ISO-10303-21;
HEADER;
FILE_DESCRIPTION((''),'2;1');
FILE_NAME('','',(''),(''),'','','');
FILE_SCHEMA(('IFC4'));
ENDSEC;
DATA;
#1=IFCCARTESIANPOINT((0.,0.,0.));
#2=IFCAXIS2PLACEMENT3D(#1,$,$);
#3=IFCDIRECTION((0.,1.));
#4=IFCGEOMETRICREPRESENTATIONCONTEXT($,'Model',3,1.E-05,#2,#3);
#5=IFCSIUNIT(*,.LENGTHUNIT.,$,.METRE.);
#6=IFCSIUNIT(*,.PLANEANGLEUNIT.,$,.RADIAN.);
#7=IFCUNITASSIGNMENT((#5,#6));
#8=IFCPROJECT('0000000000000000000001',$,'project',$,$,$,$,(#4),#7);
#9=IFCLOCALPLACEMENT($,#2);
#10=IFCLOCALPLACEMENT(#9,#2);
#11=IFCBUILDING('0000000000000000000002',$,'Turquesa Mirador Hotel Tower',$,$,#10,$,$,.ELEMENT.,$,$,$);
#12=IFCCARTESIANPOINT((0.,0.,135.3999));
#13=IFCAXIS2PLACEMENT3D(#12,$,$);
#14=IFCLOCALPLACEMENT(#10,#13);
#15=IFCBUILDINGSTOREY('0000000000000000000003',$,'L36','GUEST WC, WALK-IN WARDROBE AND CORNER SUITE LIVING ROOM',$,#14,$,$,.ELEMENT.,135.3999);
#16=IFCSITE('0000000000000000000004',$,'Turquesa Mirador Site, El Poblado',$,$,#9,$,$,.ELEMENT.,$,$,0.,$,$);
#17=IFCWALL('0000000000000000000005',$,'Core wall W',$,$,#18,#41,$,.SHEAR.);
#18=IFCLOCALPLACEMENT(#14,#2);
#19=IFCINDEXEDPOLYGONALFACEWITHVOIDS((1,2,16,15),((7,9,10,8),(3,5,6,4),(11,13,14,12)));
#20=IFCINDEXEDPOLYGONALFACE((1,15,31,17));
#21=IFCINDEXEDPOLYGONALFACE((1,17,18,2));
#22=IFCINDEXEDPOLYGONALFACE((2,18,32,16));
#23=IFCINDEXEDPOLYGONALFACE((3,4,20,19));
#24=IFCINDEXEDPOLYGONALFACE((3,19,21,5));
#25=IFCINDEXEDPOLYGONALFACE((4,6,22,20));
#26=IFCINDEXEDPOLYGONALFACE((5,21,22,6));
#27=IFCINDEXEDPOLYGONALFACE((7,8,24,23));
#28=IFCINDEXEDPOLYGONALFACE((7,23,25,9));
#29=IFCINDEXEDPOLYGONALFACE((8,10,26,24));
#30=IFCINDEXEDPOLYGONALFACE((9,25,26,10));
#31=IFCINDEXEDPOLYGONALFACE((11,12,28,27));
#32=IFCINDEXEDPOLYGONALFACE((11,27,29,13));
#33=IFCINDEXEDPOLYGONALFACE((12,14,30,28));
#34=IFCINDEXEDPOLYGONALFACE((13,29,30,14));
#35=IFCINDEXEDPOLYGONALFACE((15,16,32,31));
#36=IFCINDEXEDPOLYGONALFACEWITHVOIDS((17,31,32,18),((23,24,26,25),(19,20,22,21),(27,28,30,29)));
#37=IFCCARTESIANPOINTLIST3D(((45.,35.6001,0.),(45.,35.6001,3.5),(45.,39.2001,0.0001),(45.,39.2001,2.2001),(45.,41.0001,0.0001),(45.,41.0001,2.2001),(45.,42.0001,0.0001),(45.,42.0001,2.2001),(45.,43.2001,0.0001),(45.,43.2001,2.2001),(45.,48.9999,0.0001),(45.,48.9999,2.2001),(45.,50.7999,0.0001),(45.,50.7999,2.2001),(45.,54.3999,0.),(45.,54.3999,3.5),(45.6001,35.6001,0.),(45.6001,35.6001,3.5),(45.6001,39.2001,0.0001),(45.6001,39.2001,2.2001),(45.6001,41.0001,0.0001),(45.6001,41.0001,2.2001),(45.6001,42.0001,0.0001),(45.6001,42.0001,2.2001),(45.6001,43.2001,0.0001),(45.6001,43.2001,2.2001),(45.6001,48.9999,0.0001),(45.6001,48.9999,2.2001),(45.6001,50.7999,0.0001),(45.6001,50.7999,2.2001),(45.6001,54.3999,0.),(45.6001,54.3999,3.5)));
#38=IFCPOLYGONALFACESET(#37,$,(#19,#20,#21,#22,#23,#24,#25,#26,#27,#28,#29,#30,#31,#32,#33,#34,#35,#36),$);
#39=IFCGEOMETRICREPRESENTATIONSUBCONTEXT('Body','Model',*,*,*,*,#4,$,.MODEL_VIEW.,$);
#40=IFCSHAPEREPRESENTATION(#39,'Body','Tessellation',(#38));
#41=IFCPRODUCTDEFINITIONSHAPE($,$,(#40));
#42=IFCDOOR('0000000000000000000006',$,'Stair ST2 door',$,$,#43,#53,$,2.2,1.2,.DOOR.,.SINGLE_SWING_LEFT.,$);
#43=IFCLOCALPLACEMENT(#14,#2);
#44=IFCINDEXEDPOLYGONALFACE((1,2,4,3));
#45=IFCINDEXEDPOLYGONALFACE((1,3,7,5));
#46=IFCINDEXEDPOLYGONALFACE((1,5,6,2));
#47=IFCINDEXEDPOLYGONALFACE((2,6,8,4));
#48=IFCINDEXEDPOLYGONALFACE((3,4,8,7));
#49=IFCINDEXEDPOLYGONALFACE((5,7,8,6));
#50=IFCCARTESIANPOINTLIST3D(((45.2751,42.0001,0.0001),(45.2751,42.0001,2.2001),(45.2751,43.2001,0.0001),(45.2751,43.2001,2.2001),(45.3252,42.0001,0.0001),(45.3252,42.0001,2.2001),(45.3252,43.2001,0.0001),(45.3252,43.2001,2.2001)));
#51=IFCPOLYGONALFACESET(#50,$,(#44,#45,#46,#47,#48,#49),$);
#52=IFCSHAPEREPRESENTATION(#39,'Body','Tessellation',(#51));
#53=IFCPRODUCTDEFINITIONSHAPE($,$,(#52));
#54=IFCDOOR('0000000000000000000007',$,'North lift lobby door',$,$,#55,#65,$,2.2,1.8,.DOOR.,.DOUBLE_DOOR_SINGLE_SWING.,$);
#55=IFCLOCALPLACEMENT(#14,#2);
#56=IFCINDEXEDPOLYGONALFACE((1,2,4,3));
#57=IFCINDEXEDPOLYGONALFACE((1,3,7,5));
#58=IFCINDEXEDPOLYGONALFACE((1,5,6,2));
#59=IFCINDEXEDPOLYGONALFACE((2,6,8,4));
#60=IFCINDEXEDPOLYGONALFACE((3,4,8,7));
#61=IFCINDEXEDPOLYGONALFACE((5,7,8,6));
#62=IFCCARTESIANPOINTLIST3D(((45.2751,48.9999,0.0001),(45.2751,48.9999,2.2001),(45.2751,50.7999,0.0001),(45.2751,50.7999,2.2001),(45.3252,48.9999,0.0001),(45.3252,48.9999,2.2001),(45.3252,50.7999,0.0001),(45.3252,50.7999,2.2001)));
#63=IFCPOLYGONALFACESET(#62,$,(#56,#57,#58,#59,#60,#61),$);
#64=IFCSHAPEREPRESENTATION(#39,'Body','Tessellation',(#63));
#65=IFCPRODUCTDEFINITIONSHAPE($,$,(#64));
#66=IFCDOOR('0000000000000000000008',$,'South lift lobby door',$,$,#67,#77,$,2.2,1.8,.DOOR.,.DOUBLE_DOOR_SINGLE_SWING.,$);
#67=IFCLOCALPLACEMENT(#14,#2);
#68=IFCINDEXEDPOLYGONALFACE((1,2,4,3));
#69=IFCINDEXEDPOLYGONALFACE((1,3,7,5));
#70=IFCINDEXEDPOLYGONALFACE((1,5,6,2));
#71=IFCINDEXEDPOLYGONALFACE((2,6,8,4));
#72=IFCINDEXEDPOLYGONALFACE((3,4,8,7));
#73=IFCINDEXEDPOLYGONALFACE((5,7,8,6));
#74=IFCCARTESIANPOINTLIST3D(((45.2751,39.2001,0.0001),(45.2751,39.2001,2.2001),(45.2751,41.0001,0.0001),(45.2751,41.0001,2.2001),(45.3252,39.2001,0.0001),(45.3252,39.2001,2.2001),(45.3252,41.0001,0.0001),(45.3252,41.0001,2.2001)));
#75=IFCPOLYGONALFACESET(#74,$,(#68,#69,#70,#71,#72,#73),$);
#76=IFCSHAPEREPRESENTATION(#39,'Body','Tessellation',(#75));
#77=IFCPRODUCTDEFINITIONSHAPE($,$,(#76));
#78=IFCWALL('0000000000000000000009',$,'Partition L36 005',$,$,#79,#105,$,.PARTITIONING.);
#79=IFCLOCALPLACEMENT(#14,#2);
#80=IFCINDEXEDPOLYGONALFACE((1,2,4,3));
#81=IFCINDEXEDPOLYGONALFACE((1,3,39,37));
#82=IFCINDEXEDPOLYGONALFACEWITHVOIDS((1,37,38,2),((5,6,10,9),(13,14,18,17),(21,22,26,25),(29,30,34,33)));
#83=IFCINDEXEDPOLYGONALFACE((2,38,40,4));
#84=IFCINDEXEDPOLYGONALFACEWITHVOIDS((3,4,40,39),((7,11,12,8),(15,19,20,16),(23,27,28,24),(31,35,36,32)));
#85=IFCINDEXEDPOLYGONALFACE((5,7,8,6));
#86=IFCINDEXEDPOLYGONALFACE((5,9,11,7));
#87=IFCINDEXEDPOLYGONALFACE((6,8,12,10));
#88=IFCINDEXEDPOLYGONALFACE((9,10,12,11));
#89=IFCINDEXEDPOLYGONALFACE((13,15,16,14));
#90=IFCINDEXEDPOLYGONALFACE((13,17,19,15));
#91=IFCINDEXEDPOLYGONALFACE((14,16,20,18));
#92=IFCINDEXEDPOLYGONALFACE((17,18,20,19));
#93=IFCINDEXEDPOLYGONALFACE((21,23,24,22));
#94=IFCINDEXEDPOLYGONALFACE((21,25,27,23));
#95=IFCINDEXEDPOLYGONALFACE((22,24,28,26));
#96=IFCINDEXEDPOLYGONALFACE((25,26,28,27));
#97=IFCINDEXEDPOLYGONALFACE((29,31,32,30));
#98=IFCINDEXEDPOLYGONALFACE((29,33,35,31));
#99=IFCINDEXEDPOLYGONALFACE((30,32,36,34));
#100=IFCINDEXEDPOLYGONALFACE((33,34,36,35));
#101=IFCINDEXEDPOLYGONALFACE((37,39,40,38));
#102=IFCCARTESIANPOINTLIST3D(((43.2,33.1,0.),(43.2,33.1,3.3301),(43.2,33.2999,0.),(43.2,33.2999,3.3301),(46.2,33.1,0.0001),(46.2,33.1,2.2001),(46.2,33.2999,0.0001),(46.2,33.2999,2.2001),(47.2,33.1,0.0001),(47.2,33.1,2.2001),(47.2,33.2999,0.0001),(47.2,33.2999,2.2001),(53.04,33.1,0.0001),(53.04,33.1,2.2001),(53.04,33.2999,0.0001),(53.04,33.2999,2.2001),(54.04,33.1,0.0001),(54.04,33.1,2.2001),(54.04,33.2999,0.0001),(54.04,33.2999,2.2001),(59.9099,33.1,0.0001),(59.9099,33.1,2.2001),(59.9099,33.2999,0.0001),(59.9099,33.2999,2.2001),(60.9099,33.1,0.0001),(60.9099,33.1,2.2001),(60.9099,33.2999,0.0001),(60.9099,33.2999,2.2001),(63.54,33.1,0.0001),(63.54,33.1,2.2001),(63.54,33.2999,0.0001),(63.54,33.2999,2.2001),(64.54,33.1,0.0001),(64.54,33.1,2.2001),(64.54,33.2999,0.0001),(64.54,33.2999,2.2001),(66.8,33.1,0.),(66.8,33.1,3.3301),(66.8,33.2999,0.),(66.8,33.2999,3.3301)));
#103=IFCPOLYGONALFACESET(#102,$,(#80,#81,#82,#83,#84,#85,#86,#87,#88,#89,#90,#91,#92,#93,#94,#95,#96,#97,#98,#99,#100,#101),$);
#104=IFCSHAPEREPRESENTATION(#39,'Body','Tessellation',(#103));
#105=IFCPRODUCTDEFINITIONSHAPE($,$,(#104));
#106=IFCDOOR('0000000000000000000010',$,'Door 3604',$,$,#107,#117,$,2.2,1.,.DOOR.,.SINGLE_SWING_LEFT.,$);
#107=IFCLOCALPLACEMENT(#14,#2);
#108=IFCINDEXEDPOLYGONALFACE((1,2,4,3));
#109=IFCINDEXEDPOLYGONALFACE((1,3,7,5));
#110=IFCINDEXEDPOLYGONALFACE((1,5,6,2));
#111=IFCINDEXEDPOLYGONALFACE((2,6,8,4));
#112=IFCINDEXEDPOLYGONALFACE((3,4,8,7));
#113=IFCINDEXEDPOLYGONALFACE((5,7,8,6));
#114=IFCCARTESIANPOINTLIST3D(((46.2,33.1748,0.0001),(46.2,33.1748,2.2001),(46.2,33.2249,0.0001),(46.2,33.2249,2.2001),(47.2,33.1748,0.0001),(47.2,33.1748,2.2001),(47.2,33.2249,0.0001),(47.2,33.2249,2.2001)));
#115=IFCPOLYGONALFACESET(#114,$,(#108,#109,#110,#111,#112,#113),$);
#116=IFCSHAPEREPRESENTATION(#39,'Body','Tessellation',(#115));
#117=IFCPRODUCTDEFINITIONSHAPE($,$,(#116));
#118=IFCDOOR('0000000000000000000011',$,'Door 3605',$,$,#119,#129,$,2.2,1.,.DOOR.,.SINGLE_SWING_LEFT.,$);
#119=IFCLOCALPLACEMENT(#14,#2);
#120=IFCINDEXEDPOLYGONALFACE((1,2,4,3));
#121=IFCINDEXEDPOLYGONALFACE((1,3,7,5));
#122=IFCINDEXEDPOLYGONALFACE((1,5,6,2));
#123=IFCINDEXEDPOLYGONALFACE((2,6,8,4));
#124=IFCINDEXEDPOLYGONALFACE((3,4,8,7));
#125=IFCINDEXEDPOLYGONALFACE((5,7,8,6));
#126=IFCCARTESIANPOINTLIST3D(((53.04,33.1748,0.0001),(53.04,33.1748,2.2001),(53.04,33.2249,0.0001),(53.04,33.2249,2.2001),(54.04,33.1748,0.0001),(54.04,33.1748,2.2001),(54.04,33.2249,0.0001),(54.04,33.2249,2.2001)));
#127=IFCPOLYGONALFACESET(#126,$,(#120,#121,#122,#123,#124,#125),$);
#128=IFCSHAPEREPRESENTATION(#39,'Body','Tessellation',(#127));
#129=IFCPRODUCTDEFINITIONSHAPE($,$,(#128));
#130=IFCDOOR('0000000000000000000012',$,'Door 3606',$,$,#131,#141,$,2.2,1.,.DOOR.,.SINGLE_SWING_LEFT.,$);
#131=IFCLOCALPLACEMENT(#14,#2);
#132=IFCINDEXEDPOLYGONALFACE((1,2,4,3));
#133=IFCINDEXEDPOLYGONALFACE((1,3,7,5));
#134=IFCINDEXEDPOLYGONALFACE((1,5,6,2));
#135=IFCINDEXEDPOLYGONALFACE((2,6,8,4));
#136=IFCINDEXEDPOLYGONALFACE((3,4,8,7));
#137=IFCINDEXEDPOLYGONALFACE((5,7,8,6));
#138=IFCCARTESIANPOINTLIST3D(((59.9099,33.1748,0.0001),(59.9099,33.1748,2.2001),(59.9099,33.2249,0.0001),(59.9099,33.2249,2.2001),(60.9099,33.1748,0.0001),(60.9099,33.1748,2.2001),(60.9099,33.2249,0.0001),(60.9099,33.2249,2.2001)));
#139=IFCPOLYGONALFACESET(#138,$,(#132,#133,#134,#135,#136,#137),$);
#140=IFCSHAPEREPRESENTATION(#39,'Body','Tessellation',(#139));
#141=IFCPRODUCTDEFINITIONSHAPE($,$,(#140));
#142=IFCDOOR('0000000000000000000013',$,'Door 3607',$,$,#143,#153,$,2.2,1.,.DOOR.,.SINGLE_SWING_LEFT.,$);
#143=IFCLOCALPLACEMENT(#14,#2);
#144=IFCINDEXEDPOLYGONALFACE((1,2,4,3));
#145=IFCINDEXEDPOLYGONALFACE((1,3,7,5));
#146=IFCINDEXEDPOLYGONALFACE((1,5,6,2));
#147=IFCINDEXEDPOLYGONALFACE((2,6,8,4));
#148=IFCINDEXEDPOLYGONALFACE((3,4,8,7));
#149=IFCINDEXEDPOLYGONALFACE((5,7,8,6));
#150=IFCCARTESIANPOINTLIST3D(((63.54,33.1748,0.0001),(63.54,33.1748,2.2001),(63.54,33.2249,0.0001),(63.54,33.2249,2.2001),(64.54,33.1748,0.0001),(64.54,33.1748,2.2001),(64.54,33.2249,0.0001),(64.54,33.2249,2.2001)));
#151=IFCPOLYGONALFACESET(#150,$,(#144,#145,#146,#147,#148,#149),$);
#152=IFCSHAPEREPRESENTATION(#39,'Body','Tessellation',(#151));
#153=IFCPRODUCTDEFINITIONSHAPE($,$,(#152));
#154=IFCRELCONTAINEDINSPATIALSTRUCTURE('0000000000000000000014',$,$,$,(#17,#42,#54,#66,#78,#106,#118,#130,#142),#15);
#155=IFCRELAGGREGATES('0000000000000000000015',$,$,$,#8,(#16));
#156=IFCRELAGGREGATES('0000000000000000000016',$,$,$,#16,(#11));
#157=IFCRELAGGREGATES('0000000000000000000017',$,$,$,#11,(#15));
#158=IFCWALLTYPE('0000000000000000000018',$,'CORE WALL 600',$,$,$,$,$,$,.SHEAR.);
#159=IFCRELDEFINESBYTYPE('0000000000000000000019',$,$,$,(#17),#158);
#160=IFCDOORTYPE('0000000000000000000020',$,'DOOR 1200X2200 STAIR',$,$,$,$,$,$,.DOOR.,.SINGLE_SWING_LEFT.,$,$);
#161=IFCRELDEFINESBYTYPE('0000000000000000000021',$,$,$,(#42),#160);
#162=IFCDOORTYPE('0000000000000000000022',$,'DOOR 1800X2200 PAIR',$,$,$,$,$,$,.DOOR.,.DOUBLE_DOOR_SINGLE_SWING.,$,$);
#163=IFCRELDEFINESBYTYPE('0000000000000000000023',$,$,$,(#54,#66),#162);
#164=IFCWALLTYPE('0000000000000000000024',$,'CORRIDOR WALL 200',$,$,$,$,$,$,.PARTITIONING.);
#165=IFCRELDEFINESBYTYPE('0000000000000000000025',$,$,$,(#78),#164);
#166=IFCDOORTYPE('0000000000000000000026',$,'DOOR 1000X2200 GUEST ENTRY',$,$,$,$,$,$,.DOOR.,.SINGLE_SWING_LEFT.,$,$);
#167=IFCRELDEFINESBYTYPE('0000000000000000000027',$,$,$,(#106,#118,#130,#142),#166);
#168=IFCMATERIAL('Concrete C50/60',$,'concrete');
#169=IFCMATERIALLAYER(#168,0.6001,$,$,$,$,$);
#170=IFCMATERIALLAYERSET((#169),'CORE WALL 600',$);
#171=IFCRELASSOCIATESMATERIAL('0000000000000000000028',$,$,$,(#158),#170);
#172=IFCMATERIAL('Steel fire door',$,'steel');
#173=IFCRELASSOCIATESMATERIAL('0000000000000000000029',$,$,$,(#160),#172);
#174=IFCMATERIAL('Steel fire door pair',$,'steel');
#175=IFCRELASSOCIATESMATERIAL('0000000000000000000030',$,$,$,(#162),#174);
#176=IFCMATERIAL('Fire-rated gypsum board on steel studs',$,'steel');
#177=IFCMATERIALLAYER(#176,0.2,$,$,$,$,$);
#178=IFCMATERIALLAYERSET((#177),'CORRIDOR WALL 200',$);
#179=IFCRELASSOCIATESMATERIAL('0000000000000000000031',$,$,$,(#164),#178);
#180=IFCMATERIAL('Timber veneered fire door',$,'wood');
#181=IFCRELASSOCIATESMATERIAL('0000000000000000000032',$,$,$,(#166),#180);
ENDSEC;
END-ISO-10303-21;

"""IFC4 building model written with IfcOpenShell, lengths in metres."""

from ifc_helpers import new_model, si_unit, direction, frame, frame_2d, origin, place, context, subcontext, project, spatial, rectangle, extrude, material, layer, layer_set, type_object, element, fill, save


model = new_model("IFC4")

# Units and contexts
model_context = context("Model", 3, precision=1e-05, world=origin(), true_north=direction((0.0, 1.0)))
body_context = subcontext(model_context, "Body", "Model", "MODEL_VIEW")
ifc_project = project(units=[si_unit("LENGTHUNIT", "METRE"), si_unit("PLANEANGLEUNIT", "RADIAN")], contexts=[model_context])

# Site, building, storey
site_placement = place(None, origin())
site = spatial("IfcSite", under=ifc_project, at=site_placement, Name="Turquesa Mirador Site, El Poblado", CompositionType="ELEMENT", RefElevation=0.0)
building_placement = place(site_placement, origin())
building = spatial("IfcBuilding", under=site, at=building_placement, Name="Turquesa Mirador Hotel Tower", CompositionType="ELEMENT")
storey_placement = place(building_placement, frame((0.0, 0.0, 135.3999)))
storey = spatial("IfcBuildingStorey", under=building, at=storey_placement, Name="L36", Description="GUEST WC, WALK-IN WARDROBE AND CORNER SUITE LIVING ROOM", CompositionType="ELEMENT", Elevation=135.3999)

# Shared definitions
ifc_material_1 = material(Name="Concrete C50/60", Category="concrete")
ifc_layer_1 = layer(ifc_material_1, 0.6001)
ifc_layer_set_1 = layer_set([ifc_layer_1], Name="CORE WALL 600")
wall_type_1 = type_object("IfcWallType", Name="CORE WALL 600", PredefinedType="SHEAR", material=ifc_layer_set_1)

# Walls, openings, doors
wall_1_placement = place(storey_placement, frame((45.3, 35.6001, 0.0), z_axis=(0.0, 0.0, 1.0), x_axis=(0.0, 1.0, 0.0)))
wall_1 = element("IfcWall", 1, at=wall_1_placement, inside=storey, type_object=wall_type_1, Name="Core wall W", PredefinedType="SHEAR", context=body_context, shape_type="SweptSolid", body=[
    extrude(rectangle(XDim=18.7998, YDim=0.6001, at=frame_2d((9.3999, 0.0))), origin(), (0.0, 0.0, 1.0), 3.5),
])
opening_1_placement = place(wall_1_placement, frame((13.3999, 0.0, 0.0)))
opening_1 = element("IfcOpeningElement", 2, at=opening_1_placement, cuts=wall_1, PredefinedType="OPENING", context=body_context, shape_type="SweptSolid", body=[
    extrude(rectangle(XDim=1.8, YDim=2.2, at=frame_2d((0.8999, 1.1001))), frame((0.0, 0.3101, 0.0), z_axis=(0.0, -1.0, 0.0), x_axis=(1.0, 0.0, 0.0)), (0.0, 0.0, 1.0), 0.6201),
])
opening_2_placement = place(wall_1_placement, frame((3.6001, 0.0, 0.0)))
opening_2 = element("IfcOpeningElement", 3, at=opening_2_placement, cuts=wall_1, PredefinedType="OPENING", context=body_context, shape_type="SweptSolid", body=[
    extrude(rectangle(XDim=1.8, YDim=2.2, at=frame_2d((0.8999, 1.1001))), frame((0.0, 0.3101, 0.0), z_axis=(0.0, -1.0, 0.0), x_axis=(1.0, 0.0, 0.0)), (0.0, 0.0, 1.0), 0.6201),
])
opening_3_placement = place(wall_1_placement, frame((6.3999, 0.0, 0.0)))
opening_3 = element("IfcOpeningElement", 4, at=opening_3_placement, cuts=wall_1, PredefinedType="OPENING", context=body_context, shape_type="SweptSolid", body=[
    extrude(rectangle(XDim=1.2, YDim=2.2, at=frame_2d((0.6001, 1.1001))), frame((0.0, 0.3101, 0.0), z_axis=(0.0, -1.0, 0.0), x_axis=(1.0, 0.0, 0.0)), (0.0, 0.0, 1.0), 0.6201),
])
ifc_material_2 = material(Name="Steel fire door", Category="steel")
door_type_1 = type_object("IfcDoorType", Name="DOOR 1200X2200 STAIR", OperationType="SINGLE_SWING_LEFT", PredefinedType="DOOR", material=ifc_material_2)
door_1_placement = place(opening_3_placement, origin())
door_1 = element("IfcDoor", 5, at=door_1_placement, inside=storey, type_object=door_type_1, Name="Stair ST2 door", OperationType="SINGLE_SWING_LEFT", OverallHeight=2.2, OverallWidth=1.2, PredefinedType="DOOR", context=body_context, shape_type="SweptSolid", body=[
    extrude(rectangle(XDim=1.2, YDim=2.2, at=frame_2d((0.6001, 1.1001))), frame((0.0, 0.0249, 0.0), z_axis=(0.0, -1.0, 0.0), x_axis=(1.0, 0.0, 0.0)), (0.0, 0.0, 1.0), 0.05),
])
fill(opening_3, door_1)
ifc_material_3 = material(Name="Steel fire door pair", Category="steel")
door_type_2 = type_object("IfcDoorType", Name="DOOR 1800X2200 PAIR", OperationType="DOUBLE_DOOR_SINGLE_SWING", PredefinedType="DOOR", material=ifc_material_3)
door_2_placement = place(opening_1_placement, origin())
door_2 = element("IfcDoor", 6, at=door_2_placement, inside=storey, type_object=door_type_2, Name="North lift lobby door", OperationType="DOUBLE_DOOR_SINGLE_SWING", OverallHeight=2.2, OverallWidth=1.8, PredefinedType="DOOR", context=body_context, shape_type="SweptSolid", body=[
    extrude(rectangle(XDim=1.8, YDim=2.2, at=frame_2d((0.8999, 1.1001))), frame((0.0, 0.0249, 0.0), z_axis=(0.0, -1.0, 0.0), x_axis=(1.0, 0.0, 0.0)), (0.0, 0.0, 1.0), 0.05),
])
fill(opening_1, door_2)
door_3_placement = place(opening_2_placement, origin())
door_3 = element("IfcDoor", 7, at=door_3_placement, inside=storey, type_object=door_type_2, Name="South lift lobby door", OperationType="DOUBLE_DOOR_SINGLE_SWING", OverallHeight=2.2, OverallWidth=1.8, PredefinedType="DOOR", context=body_context, shape_type="SweptSolid", body=[
    extrude(rectangle(XDim=1.8, YDim=2.2, at=frame_2d((0.8999, 1.1001))), frame((0.0, 0.0249, 0.0), z_axis=(0.0, -1.0, 0.0), x_axis=(1.0, 0.0, 0.0)), (0.0, 0.0, 1.0), 0.05),
])
fill(opening_2, door_3)
ifc_material_4 = material(Name="Fire-rated gypsum board on steel studs", Category="steel")
ifc_layer_2 = layer(ifc_material_4, 0.2)
ifc_layer_set_2 = layer_set([ifc_layer_2], Name="CORRIDOR WALL 200")
wall_type_2 = type_object("IfcWallType", Name="CORRIDOR WALL 200", PredefinedType="PARTITIONING", material=ifc_layer_set_2)
wall_2_placement = place(storey_placement, frame((43.2, 33.2, 0.0), z_axis=(0.0, 0.0, 1.0), x_axis=(1.0, 0.0, 0.0)))
wall_2 = element("IfcWall", 8, at=wall_2_placement, inside=storey, type_object=wall_type_2, Name="Partition L36 005", PredefinedType="PARTITIONING", context=body_context, shape_type="SweptSolid", body=[
    extrude(rectangle(XDim=23.6001, YDim=0.2, at=frame_2d((11.8, 0.0))), origin(), (0.0, 0.0, 1.0), 3.3301),
])
opening_4_placement = place(wall_2_placement, frame((3.0, 0.0, 0.0)))
opening_4 = element("IfcOpeningElement", 9, at=opening_4_placement, cuts=wall_2, PredefinedType="OPENING", context=body_context, shape_type="SweptSolid", body=[
    extrude(rectangle(XDim=1.0, YDim=2.2, at=frame_2d((0.5, 1.1001))), frame((0.0, 0.1099, 0.0), z_axis=(0.0, -1.0, 0.0), x_axis=(1.0, 0.0, 0.0)), (0.0, 0.0, 1.0), 0.22),
])
opening_5_placement = place(wall_2_placement, frame((9.8401, 0.0, 0.0)))
opening_5 = element("IfcOpeningElement", 10, at=opening_5_placement, cuts=wall_2, PredefinedType="OPENING", context=body_context, shape_type="SweptSolid", body=[
    extrude(rectangle(XDim=1.0, YDim=2.2, at=frame_2d((0.5, 1.1001))), frame((0.0, 0.1099, 0.0), z_axis=(0.0, -1.0, 0.0), x_axis=(1.0, 0.0, 0.0)), (0.0, 0.0, 1.0), 0.22),
])
opening_6_placement = place(wall_2_placement, frame((16.71, 0.0, 0.0)))
opening_6 = element("IfcOpeningElement", 11, at=opening_6_placement, cuts=wall_2, PredefinedType="OPENING", context=body_context, shape_type="SweptSolid", body=[
    extrude(rectangle(XDim=1.0, YDim=2.2, at=frame_2d((0.5, 1.1001))), frame((0.0, 0.1099, 0.0), z_axis=(0.0, -1.0, 0.0), x_axis=(1.0, 0.0, 0.0)), (0.0, 0.0, 1.0), 0.22),
])
opening_7_placement = place(wall_2_placement, frame((20.3401, 0.0, 0.0)))
opening_7 = element("IfcOpeningElement", 12, at=opening_7_placement, cuts=wall_2, PredefinedType="OPENING", context=body_context, shape_type="SweptSolid", body=[
    extrude(rectangle(XDim=1.0, YDim=2.2, at=frame_2d((0.5, 1.1001))), frame((0.0, 0.1099, 0.0), z_axis=(0.0, -1.0, 0.0), x_axis=(1.0, 0.0, 0.0)), (0.0, 0.0, 1.0), 0.22),
])
ifc_material_5 = material(Name="Timber veneered fire door", Category="wood")
door_type_3 = type_object("IfcDoorType", Name="DOOR 1000X2200 GUEST ENTRY", OperationType="SINGLE_SWING_LEFT", PredefinedType="DOOR", material=ifc_material_5)
door_4_placement = place(opening_4_placement, origin())
door_4 = element("IfcDoor", 13, at=door_4_placement, inside=storey, type_object=door_type_3, Name="Door 3604", OperationType="SINGLE_SWING_LEFT", OverallHeight=2.2, OverallWidth=1.0, PredefinedType="DOOR", context=body_context, shape_type="SweptSolid", body=[
    extrude(rectangle(XDim=1.0, YDim=2.2, at=frame_2d((0.5, 1.1001))), frame((0.0, 0.0249, 0.0), z_axis=(0.0, -1.0, 0.0), x_axis=(1.0, 0.0, 0.0)), (0.0, 0.0, 1.0), 0.05),
])
fill(opening_4, door_4)
door_5_placement = place(opening_5_placement, origin())
door_5 = element("IfcDoor", 14, at=door_5_placement, inside=storey, type_object=door_type_3, Name="Door 3605", OperationType="SINGLE_SWING_LEFT", OverallHeight=2.2, OverallWidth=1.0, PredefinedType="DOOR", context=body_context, shape_type="SweptSolid", body=[
    extrude(rectangle(XDim=1.0, YDim=2.2, at=frame_2d((0.5, 1.1001))), frame((0.0, 0.0249, 0.0), z_axis=(0.0, -1.0, 0.0), x_axis=(1.0, 0.0, 0.0)), (0.0, 0.0, 1.0), 0.05),
])
fill(opening_5, door_5)
door_6_placement = place(opening_6_placement, origin())
door_6 = element("IfcDoor", 15, at=door_6_placement, inside=storey, type_object=door_type_3, Name="Door 3606", OperationType="SINGLE_SWING_LEFT", OverallHeight=2.2, OverallWidth=1.0, PredefinedType="DOOR", context=body_context, shape_type="SweptSolid", body=[
    extrude(rectangle(XDim=1.0, YDim=2.2, at=frame_2d((0.5, 1.1001))), frame((0.0, 0.0249, 0.0), z_axis=(0.0, -1.0, 0.0), x_axis=(1.0, 0.0, 0.0)), (0.0, 0.0, 1.0), 0.05),
])
fill(opening_6, door_6)
door_7_placement = place(opening_7_placement, origin())
door_7 = element("IfcDoor", 16, at=door_7_placement, inside=storey, type_object=door_type_3, Name="Door 3607", OperationType="SINGLE_SWING_LEFT", OverallHeight=2.2, OverallWidth=1.0, PredefinedType="DOOR", context=body_context, shape_type="SweptSolid", body=[
    extrude(rectangle(XDim=1.0, YDim=2.2, at=frame_2d((0.5, 1.1001))), frame((0.0, 0.0249, 0.0), z_axis=(0.0, -1.0, 0.0), x_axis=(1.0, 0.0, 0.0)), (0.0, 0.0, 1.0), 0.05),
])
fill(opening_7, door_7)

save(model, "model.ifc")
